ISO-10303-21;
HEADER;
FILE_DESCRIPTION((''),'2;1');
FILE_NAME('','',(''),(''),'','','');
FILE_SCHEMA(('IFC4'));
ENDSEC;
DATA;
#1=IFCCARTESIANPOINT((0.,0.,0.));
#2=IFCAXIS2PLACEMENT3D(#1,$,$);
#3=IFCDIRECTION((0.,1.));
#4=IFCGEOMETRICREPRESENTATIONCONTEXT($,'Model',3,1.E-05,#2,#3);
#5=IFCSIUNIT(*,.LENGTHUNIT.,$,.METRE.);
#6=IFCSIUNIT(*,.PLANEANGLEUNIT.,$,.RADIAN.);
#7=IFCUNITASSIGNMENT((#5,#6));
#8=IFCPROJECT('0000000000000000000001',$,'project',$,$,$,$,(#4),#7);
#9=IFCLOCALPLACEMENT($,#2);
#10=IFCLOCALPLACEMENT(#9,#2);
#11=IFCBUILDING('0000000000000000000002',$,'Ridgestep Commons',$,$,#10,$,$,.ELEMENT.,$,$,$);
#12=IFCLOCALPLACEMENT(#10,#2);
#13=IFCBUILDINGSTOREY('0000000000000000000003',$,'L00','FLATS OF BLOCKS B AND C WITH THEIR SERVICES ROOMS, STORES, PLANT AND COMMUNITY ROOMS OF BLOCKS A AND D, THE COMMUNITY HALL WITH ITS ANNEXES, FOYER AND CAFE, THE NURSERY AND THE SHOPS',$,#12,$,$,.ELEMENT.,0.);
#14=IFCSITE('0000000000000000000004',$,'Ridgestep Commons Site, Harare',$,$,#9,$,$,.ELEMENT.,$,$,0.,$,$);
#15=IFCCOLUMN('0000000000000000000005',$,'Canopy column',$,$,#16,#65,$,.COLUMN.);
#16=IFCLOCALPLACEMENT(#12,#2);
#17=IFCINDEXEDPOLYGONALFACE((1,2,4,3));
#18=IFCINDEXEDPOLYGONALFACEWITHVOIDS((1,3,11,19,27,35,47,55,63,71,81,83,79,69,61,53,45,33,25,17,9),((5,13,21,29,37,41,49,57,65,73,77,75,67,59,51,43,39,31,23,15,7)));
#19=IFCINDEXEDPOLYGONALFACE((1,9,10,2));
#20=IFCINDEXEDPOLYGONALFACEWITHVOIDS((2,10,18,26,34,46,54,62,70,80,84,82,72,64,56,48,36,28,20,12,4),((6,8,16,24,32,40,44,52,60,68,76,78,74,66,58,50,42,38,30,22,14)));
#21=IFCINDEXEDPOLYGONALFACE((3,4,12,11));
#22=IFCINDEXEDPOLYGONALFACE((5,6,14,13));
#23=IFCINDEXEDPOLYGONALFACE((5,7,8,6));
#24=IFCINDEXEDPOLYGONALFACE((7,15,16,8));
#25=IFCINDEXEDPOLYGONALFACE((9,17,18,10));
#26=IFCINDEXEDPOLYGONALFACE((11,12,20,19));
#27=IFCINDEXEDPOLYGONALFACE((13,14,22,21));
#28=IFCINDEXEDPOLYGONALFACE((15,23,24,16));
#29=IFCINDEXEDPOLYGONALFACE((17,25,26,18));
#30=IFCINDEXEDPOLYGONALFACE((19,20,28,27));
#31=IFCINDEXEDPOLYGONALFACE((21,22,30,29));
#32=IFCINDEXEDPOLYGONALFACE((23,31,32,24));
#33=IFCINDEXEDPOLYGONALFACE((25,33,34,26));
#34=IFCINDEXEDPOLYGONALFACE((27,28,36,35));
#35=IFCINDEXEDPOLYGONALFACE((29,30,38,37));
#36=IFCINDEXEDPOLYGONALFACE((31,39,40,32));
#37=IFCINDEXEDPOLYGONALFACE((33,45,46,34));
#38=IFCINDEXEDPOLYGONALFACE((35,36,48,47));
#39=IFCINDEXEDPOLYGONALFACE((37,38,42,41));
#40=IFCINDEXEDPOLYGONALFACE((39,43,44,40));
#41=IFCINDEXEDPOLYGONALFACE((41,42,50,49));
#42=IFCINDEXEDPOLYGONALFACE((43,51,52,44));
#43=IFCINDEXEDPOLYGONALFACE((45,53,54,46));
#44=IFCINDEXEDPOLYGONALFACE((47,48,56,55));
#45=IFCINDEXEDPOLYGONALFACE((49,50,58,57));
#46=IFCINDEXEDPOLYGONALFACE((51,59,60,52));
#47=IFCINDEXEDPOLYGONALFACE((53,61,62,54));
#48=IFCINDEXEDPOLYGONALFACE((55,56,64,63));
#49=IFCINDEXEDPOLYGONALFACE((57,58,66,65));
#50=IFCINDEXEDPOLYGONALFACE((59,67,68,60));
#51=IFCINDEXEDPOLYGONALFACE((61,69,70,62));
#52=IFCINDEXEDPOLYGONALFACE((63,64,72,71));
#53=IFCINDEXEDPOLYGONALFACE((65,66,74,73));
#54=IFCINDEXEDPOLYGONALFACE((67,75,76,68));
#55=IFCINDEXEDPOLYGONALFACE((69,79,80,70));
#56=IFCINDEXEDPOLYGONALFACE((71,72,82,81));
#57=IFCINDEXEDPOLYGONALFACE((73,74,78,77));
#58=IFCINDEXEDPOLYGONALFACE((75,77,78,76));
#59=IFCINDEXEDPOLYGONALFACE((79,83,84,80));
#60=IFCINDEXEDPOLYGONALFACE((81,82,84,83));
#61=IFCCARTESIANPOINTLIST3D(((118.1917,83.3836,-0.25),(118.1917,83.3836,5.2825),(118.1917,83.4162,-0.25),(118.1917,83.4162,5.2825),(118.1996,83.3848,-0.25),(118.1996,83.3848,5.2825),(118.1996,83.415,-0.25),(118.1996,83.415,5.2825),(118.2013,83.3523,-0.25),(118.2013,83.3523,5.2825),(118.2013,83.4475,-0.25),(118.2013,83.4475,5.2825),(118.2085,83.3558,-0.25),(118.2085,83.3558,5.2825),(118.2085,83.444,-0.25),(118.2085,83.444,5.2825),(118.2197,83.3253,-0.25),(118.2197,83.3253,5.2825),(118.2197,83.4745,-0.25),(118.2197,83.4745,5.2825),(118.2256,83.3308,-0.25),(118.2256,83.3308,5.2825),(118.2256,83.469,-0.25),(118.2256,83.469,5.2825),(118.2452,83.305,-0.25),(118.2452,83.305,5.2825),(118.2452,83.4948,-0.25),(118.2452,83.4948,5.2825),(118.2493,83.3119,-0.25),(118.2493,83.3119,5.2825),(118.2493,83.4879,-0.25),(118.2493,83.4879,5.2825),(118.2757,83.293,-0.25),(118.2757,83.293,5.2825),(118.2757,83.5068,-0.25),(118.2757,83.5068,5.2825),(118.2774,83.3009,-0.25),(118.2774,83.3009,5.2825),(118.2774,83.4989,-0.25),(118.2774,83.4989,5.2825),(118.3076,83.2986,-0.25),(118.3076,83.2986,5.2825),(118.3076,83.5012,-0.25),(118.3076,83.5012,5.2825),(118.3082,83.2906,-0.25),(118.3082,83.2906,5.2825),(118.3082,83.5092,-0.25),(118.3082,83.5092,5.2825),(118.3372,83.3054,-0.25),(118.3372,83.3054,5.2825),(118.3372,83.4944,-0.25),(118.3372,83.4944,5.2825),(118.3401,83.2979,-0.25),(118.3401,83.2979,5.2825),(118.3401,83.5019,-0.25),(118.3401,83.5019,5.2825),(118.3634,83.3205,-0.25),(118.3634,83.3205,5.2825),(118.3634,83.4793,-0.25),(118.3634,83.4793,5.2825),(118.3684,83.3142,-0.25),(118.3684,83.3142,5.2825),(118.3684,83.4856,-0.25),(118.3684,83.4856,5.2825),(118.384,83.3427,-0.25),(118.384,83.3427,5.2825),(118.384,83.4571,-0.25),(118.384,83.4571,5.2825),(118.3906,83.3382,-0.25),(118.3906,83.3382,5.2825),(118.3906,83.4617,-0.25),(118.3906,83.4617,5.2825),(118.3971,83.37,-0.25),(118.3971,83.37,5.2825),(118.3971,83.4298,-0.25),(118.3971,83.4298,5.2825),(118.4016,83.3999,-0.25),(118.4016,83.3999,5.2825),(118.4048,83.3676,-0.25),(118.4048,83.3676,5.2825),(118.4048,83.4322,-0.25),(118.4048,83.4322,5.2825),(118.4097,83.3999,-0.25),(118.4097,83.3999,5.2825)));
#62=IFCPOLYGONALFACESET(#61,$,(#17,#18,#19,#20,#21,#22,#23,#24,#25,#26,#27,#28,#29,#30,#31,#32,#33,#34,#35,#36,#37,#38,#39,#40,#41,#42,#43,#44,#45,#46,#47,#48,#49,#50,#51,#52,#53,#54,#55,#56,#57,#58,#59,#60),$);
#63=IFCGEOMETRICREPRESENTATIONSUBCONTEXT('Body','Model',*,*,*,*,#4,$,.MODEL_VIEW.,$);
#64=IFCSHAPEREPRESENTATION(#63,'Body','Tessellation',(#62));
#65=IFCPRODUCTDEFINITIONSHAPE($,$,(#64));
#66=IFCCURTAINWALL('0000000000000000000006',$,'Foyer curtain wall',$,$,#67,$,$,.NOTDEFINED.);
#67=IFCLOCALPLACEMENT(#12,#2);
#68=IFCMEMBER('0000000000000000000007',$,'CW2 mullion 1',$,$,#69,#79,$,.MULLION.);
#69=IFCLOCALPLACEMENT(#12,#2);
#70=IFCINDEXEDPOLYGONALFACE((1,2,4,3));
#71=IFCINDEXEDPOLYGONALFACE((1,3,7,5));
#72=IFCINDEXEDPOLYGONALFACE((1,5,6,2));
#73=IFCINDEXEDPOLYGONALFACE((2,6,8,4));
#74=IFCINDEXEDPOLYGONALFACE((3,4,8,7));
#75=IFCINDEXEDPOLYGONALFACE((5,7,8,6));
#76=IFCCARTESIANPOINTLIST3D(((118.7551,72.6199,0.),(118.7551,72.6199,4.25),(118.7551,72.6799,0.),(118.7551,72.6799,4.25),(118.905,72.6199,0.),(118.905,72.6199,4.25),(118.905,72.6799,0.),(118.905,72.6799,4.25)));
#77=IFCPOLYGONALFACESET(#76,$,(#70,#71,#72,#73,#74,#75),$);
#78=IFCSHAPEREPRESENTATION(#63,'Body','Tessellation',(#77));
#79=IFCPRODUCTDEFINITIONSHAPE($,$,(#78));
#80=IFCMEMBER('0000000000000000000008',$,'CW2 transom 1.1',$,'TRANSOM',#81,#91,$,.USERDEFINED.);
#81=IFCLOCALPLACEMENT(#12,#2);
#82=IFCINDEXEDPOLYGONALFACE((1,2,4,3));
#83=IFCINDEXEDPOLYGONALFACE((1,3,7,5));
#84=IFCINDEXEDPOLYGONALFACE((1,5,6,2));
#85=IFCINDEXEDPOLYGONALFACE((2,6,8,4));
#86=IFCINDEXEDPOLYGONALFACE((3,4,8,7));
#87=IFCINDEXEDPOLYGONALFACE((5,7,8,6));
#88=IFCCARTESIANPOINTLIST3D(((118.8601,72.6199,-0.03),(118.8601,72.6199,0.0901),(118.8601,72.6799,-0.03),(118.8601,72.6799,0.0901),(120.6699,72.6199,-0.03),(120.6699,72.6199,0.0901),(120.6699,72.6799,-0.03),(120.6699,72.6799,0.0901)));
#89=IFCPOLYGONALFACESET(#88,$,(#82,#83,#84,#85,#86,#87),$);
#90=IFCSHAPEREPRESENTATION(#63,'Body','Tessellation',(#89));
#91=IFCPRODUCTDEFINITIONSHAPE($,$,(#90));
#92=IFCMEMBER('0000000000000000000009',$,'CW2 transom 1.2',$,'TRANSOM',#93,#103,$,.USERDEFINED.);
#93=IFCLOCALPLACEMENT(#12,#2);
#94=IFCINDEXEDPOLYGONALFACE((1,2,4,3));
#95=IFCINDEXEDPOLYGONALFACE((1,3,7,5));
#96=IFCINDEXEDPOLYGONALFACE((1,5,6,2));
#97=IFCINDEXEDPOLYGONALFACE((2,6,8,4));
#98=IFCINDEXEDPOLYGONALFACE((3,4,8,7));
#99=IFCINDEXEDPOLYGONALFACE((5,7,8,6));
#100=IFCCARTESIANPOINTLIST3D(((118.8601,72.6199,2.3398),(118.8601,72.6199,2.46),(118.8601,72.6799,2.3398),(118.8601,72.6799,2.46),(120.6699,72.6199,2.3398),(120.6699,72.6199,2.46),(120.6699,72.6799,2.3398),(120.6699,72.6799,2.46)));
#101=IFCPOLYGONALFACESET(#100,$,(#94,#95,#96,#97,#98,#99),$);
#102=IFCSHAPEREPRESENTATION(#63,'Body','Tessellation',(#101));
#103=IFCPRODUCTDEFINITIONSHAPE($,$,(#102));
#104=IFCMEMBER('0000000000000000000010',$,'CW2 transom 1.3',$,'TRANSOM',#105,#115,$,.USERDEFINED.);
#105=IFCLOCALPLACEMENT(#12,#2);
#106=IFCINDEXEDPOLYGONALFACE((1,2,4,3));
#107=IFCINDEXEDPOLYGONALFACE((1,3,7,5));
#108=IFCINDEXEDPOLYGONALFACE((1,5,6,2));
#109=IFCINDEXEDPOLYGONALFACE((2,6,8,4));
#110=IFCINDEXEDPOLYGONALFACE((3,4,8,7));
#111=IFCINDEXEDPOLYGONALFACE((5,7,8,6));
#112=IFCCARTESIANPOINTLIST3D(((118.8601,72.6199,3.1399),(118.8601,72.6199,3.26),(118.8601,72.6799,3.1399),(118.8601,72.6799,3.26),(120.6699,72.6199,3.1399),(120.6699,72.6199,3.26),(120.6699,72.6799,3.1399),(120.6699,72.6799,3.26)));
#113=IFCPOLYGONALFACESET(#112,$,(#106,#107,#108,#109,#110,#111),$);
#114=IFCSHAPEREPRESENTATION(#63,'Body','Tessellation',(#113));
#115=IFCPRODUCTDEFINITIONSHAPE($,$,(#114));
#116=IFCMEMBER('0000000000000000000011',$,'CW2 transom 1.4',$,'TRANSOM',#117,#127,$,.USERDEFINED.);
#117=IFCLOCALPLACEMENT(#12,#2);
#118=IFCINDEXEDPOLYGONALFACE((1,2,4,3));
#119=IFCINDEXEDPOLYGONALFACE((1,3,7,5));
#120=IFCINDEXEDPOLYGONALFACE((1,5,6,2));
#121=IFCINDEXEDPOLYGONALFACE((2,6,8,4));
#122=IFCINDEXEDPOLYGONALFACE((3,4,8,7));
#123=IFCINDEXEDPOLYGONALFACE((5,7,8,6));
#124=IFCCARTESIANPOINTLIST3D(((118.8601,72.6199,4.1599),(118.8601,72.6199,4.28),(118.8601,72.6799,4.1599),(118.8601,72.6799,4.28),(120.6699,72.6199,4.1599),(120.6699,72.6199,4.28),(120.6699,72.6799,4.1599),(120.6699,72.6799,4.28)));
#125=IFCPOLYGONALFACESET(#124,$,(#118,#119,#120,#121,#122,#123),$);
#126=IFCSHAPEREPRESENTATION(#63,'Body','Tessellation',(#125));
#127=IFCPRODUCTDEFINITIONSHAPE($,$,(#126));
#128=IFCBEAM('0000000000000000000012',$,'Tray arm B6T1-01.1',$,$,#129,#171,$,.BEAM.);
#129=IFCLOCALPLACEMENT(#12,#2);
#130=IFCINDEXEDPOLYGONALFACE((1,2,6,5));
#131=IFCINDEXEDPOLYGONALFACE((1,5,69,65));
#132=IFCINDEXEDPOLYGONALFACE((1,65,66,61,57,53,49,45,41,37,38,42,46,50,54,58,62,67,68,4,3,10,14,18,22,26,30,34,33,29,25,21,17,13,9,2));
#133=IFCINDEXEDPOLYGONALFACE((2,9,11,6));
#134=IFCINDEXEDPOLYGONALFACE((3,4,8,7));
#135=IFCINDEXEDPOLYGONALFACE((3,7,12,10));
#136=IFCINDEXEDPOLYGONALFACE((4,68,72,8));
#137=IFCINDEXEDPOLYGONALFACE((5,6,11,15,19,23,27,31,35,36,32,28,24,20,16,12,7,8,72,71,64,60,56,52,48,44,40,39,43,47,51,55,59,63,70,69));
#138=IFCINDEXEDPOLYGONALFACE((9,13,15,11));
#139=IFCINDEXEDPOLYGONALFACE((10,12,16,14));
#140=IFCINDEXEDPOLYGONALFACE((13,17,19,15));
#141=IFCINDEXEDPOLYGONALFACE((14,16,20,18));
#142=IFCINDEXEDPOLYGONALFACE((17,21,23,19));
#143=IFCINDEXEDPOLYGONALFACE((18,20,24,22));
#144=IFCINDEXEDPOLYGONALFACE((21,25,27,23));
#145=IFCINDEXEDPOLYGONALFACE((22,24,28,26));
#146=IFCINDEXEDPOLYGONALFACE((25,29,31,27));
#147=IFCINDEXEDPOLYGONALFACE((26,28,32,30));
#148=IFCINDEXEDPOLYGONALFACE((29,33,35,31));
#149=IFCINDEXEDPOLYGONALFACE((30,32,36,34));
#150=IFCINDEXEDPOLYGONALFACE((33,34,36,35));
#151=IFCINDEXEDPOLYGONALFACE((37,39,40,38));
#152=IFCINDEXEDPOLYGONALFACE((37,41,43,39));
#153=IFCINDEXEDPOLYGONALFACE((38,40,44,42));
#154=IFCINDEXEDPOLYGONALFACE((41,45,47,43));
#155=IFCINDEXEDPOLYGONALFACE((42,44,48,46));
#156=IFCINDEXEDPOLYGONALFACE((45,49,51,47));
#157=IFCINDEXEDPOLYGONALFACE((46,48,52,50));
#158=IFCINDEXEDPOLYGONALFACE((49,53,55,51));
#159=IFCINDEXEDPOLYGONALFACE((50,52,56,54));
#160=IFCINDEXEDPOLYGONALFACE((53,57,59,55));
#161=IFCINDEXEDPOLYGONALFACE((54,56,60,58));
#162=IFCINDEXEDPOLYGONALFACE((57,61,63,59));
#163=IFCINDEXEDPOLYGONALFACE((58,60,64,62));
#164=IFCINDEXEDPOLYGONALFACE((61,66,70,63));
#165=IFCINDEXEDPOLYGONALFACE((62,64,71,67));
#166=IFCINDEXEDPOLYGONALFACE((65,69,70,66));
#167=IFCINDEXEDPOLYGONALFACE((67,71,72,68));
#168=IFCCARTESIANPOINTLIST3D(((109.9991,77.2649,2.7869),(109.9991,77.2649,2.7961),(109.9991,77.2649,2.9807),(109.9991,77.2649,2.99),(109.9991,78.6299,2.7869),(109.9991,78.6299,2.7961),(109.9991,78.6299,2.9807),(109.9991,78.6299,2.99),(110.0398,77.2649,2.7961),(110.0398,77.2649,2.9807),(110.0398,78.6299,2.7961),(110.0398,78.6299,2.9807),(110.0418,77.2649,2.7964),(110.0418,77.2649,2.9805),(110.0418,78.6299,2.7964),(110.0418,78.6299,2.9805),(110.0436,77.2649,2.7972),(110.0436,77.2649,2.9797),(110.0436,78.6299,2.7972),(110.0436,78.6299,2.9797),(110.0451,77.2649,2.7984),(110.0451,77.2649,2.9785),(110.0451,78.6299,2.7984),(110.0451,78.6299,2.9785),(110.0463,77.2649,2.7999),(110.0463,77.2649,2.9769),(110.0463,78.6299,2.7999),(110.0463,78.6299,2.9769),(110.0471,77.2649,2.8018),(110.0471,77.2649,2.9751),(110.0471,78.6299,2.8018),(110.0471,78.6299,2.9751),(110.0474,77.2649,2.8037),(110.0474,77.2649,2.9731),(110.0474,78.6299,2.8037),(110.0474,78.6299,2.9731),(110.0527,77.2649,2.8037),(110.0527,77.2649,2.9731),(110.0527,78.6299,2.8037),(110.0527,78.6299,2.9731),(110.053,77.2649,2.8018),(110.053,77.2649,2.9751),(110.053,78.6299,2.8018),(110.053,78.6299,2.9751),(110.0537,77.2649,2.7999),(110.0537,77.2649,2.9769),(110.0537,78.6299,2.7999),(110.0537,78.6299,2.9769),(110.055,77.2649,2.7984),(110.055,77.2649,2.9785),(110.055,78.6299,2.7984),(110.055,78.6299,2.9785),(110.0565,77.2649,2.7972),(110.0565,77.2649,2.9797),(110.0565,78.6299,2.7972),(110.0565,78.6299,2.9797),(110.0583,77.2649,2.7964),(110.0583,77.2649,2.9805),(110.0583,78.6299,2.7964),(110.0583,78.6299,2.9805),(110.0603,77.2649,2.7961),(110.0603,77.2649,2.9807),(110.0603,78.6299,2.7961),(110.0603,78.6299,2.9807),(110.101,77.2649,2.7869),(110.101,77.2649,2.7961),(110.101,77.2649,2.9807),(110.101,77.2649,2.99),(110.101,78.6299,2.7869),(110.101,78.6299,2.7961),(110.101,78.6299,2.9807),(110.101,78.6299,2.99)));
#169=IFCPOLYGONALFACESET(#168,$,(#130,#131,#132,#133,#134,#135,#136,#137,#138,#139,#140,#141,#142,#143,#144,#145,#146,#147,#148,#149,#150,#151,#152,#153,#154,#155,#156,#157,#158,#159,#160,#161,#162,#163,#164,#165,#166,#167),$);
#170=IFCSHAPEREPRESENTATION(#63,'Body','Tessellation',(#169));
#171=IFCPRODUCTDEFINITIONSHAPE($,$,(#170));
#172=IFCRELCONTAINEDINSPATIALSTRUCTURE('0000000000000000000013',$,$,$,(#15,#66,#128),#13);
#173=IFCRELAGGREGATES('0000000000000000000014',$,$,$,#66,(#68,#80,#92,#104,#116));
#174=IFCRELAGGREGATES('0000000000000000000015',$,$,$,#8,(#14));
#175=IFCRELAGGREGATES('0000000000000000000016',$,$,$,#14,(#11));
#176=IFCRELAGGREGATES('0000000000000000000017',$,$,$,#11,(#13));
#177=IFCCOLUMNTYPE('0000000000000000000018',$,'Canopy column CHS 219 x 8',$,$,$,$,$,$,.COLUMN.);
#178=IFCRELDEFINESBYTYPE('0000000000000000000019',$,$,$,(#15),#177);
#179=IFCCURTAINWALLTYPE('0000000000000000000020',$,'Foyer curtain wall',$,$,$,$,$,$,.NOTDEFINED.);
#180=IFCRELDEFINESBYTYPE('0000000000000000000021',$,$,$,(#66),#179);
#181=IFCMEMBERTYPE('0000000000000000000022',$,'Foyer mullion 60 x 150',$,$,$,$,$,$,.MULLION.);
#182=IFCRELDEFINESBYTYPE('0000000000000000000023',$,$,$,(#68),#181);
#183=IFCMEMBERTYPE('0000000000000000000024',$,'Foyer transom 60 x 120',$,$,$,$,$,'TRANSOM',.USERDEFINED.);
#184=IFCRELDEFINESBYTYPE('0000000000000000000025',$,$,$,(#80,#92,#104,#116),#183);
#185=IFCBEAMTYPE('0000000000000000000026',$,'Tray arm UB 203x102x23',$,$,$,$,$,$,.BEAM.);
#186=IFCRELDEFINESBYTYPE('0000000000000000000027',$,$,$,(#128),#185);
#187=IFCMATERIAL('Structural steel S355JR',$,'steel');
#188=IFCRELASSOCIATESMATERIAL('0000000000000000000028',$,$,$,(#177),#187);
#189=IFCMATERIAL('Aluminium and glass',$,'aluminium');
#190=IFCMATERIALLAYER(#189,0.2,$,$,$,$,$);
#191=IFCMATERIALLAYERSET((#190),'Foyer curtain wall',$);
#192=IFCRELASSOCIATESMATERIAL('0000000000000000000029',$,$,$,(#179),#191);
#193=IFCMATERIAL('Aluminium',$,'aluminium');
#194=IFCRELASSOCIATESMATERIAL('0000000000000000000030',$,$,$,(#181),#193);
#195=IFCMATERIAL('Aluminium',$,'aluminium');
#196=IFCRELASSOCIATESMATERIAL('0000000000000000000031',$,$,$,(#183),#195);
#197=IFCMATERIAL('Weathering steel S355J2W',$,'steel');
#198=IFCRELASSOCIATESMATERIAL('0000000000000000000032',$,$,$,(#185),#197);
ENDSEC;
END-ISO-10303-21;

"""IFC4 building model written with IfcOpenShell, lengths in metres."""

from ifc_helpers import new_model, si_unit, direction, frame, origin, origin_2d, place, context, subcontext, project, spatial, rectangle, hollow_circle, i_section, extrude, material, layer, layer_set, material_profile, profile_set, type_object, element, aggregate, save


model = new_model("IFC4")

# Units and contexts
model_context = context("Model", 3, precision=1e-05, world=origin(), true_north=direction((0.0, 1.0)))
body_context = subcontext(model_context, "Body", "Model", "MODEL_VIEW")
ifc_project = project(units=[si_unit("LENGTHUNIT", "METRE"), si_unit("PLANEANGLEUNIT", "RADIAN")], contexts=[model_context])

# Site, building, storey
site_placement = place(None, origin())
site = spatial("IfcSite", under=ifc_project, at=site_placement, Name="Ridgestep Commons Site, Harare", CompositionType="ELEMENT", RefElevation=0.0)
building_placement = place(site_placement, origin())
building = spatial("IfcBuilding", under=site, at=building_placement, Name="Ridgestep Commons", CompositionType="ELEMENT")
storey_placement = place(building_placement, origin())
storey = spatial("IfcBuildingStorey", under=building, at=storey_placement, Name="L00", Description="FLATS OF BLOCKS B AND C WITH THEIR SERVICES ROOMS, STORES, PLANT AND COMMUNITY ROOMS OF BLOCKS A AND D, THE COMMUNITY HALL WITH ITS ANNEXES, FOYER AND CAFE, THE NURSERY AND THE SHOPS", CompositionType="ELEMENT", Elevation=0.0)

# Column
ifc_material_1 = material(Name="Structural steel S355JR", Category="steel")
ifc_material_profile_1 = material_profile(ifc_material_1, hollow_circle(Radius=0.1096, WallThickness=0.0081, at=origin_2d()), Name="CHS 219.1x8.0")
ifc_profile_set_1 = profile_set([ifc_material_profile_1], Name="Structural steel S355JR")
column_type = type_object("IfcColumnType", Name="Canopy column CHS 219 x 8", PredefinedType="COLUMN", material=ifc_profile_set_1)
column_placement = place(storey_placement, frame((118.3, 83.3999, -0.25), z_axis=(0.0, 0.0, 1.0), x_axis=(1.0, 0.0, 0.0)))
element("IfcColumn", 1, at=column_placement, inside=storey, type_object=column_type, Name="Canopy column", PredefinedType="COLUMN", context=body_context, shape_type="SweptSolid", body=[
    extrude(hollow_circle(Radius=0.1096, WallThickness=0.0081, at=origin_2d()), origin(), (0.0, 0.0, 1.0), 5.5325),
])

# Curtain wall, members
ifc_material_2 = material(Name="Aluminium and glass", Category="aluminium")
ifc_layer_1 = layer(ifc_material_2, 0.2)
ifc_layer_set_1 = layer_set([ifc_layer_1], Name="Foyer curtain wall")
curtain_wall_type = type_object("IfcCurtainWallType", Name="Foyer curtain wall", PredefinedType="NOTDEFINED", material=ifc_layer_set_1)
curtain_wall_placement = place(storey_placement, origin())
curtain_wall = element("IfcCurtainWall", 2, at=curtain_wall_placement, inside=storey, type_object=curtain_wall_type, Name="Foyer curtain wall", PredefinedType="NOTDEFINED")
ifc_material_3 = material(Name="Aluminium", Category="aluminium")
ifc_material_profile_2 = material_profile(ifc_material_3, rectangle(XDim=0.0601, YDim=0.1499, at=origin_2d()), Name="Foyer mullion 60 x 150")
ifc_profile_set_2 = profile_set([ifc_material_profile_2], Name="Aluminium")
member_type_1 = type_object("IfcMemberType", Name="Foyer mullion 60 x 150", PredefinedType="MULLION", material=ifc_profile_set_2)
member_1_placement = place(storey_placement, frame((118.8301, 72.6499, 0.0), z_axis=(0.0, 0.0, 1.0), x_axis=(0.0, 1.0, 0.0)))
member_1 = element("IfcMember", 3, at=member_1_placement, type_object=member_type_1, Name="CW2 mullion 1", PredefinedType="MULLION", context=body_context, shape_type="SweptSolid", body=[
    extrude(rectangle(XDim=0.0601, YDim=0.1499, at=origin_2d()), origin(), (0.0, 0.0, 1.0), 4.25),
])
ifc_material_4 = material(Name="Aluminium", Category="aluminium")
ifc_material_profile_3 = material_profile(ifc_material_4, rectangle(XDim=0.0601, YDim=0.1201, at=origin_2d()), Name="Foyer transom 60 x 120")
ifc_profile_set_3 = profile_set([ifc_material_profile_3], Name="Aluminium")
member_type_2 = type_object("IfcMemberType", Name="Foyer transom 60 x 120", ElementType="TRANSOM", PredefinedType="USERDEFINED", material=ifc_profile_set_3)
member_2_placement = place(storey_placement, frame((118.8601, 72.6499, 0.03), z_axis=(1.0, 0.0, 0.0), x_axis=(0.0, 1.0, 0.0)))
member_2 = element("IfcMember", 4, at=member_2_placement, type_object=member_type_2, Name="CW2 transom 1.1", ObjectType="TRANSOM", PredefinedType="USERDEFINED", context=body_context, shape_type="SweptSolid", body=[
    extrude(rectangle(XDim=0.0601, YDim=0.1201, at=origin_2d()), origin(), (0.0, 0.0, 1.0), 1.8098),
])
member_3_placement = place(storey_placement, frame((118.8601, 72.6499, 2.3999), z_axis=(1.0, 0.0, 0.0), x_axis=(0.0, 1.0, 0.0)))
member_3 = element("IfcMember", 5, at=member_3_placement, type_object=member_type_2, Name="CW2 transom 1.2", ObjectType="TRANSOM", PredefinedType="USERDEFINED", context=body_context, shape_type="SweptSolid", body=[
    extrude(rectangle(XDim=0.0601, YDim=0.1201, at=origin_2d()), origin(), (0.0, 0.0, 1.0), 1.8098),
])
member_4_placement = place(storey_placement, frame((118.8601, 72.6499, 3.2), z_axis=(1.0, 0.0, 0.0), x_axis=(0.0, 1.0, 0.0)))
member_4 = element("IfcMember", 6, at=member_4_placement, type_object=member_type_2, Name="CW2 transom 1.3", ObjectType="TRANSOM", PredefinedType="USERDEFINED", context=body_context, shape_type="SweptSolid", body=[
    extrude(rectangle(XDim=0.0601, YDim=0.1201, at=origin_2d()), origin(), (0.0, 0.0, 1.0), 1.8098),
])
member_5_placement = place(storey_placement, frame((118.8601, 72.6499, 4.22), z_axis=(1.0, 0.0, 0.0), x_axis=(0.0, 1.0, 0.0)))
member_5 = element("IfcMember", 7, at=member_5_placement, type_object=member_type_2, Name="CW2 transom 1.4", ObjectType="TRANSOM", PredefinedType="USERDEFINED", context=body_context, shape_type="SweptSolid", body=[
    extrude(rectangle(XDim=0.0601, YDim=0.1201, at=origin_2d()), origin(), (0.0, 0.0, 1.0), 1.8098),
])

# Beam
ifc_material_5 = material(Name="Weathering steel S355J2W", Category="steel")
ifc_material_profile_4 = material_profile(ifc_material_5, i_section(OverallWidth=0.1018, OverallDepth=0.2031, WebThickness=0.0054, FlangeThickness=0.0093, FilletRadius=0.0076, at=origin_2d()), Name="UB 203x102x23")
ifc_profile_set_4 = profile_set([ifc_material_profile_4], Name="Weathering steel S355J2W")
beam_type_1 = type_object("IfcBeamType", Name="Tray arm UB 203x102x23", PredefinedType="BEAM", material=ifc_profile_set_4)
for number, where, z_axis, x_axis, name in (
    (8, (110.05, 77.2649, 2.8884), (0.0, 1.0, 0.0), (-1.0, 0.0, 0.0), "Tray arm B6T1-01.1"),
):
    element("IfcBeam", number, at=place(storey_placement, frame(where, z_axis=z_axis, x_axis=x_axis)), inside=storey, type_object=beam_type_1, Name=name, PredefinedType="BEAM", context=body_context, shape_type="SweptSolid", body=[
        extrude(i_section(OverallWidth=0.1018, OverallDepth=0.2031, WebThickness=0.0054, FlangeThickness=0.0093, FilletRadius=0.0076, at=origin_2d()), origin(), (0.0, 0.0, 1.0), 1.365),
    ])

aggregate(curtain_wall, [member_1, member_2, member_3, member_4, member_5])

save(model, "model.ifc")
